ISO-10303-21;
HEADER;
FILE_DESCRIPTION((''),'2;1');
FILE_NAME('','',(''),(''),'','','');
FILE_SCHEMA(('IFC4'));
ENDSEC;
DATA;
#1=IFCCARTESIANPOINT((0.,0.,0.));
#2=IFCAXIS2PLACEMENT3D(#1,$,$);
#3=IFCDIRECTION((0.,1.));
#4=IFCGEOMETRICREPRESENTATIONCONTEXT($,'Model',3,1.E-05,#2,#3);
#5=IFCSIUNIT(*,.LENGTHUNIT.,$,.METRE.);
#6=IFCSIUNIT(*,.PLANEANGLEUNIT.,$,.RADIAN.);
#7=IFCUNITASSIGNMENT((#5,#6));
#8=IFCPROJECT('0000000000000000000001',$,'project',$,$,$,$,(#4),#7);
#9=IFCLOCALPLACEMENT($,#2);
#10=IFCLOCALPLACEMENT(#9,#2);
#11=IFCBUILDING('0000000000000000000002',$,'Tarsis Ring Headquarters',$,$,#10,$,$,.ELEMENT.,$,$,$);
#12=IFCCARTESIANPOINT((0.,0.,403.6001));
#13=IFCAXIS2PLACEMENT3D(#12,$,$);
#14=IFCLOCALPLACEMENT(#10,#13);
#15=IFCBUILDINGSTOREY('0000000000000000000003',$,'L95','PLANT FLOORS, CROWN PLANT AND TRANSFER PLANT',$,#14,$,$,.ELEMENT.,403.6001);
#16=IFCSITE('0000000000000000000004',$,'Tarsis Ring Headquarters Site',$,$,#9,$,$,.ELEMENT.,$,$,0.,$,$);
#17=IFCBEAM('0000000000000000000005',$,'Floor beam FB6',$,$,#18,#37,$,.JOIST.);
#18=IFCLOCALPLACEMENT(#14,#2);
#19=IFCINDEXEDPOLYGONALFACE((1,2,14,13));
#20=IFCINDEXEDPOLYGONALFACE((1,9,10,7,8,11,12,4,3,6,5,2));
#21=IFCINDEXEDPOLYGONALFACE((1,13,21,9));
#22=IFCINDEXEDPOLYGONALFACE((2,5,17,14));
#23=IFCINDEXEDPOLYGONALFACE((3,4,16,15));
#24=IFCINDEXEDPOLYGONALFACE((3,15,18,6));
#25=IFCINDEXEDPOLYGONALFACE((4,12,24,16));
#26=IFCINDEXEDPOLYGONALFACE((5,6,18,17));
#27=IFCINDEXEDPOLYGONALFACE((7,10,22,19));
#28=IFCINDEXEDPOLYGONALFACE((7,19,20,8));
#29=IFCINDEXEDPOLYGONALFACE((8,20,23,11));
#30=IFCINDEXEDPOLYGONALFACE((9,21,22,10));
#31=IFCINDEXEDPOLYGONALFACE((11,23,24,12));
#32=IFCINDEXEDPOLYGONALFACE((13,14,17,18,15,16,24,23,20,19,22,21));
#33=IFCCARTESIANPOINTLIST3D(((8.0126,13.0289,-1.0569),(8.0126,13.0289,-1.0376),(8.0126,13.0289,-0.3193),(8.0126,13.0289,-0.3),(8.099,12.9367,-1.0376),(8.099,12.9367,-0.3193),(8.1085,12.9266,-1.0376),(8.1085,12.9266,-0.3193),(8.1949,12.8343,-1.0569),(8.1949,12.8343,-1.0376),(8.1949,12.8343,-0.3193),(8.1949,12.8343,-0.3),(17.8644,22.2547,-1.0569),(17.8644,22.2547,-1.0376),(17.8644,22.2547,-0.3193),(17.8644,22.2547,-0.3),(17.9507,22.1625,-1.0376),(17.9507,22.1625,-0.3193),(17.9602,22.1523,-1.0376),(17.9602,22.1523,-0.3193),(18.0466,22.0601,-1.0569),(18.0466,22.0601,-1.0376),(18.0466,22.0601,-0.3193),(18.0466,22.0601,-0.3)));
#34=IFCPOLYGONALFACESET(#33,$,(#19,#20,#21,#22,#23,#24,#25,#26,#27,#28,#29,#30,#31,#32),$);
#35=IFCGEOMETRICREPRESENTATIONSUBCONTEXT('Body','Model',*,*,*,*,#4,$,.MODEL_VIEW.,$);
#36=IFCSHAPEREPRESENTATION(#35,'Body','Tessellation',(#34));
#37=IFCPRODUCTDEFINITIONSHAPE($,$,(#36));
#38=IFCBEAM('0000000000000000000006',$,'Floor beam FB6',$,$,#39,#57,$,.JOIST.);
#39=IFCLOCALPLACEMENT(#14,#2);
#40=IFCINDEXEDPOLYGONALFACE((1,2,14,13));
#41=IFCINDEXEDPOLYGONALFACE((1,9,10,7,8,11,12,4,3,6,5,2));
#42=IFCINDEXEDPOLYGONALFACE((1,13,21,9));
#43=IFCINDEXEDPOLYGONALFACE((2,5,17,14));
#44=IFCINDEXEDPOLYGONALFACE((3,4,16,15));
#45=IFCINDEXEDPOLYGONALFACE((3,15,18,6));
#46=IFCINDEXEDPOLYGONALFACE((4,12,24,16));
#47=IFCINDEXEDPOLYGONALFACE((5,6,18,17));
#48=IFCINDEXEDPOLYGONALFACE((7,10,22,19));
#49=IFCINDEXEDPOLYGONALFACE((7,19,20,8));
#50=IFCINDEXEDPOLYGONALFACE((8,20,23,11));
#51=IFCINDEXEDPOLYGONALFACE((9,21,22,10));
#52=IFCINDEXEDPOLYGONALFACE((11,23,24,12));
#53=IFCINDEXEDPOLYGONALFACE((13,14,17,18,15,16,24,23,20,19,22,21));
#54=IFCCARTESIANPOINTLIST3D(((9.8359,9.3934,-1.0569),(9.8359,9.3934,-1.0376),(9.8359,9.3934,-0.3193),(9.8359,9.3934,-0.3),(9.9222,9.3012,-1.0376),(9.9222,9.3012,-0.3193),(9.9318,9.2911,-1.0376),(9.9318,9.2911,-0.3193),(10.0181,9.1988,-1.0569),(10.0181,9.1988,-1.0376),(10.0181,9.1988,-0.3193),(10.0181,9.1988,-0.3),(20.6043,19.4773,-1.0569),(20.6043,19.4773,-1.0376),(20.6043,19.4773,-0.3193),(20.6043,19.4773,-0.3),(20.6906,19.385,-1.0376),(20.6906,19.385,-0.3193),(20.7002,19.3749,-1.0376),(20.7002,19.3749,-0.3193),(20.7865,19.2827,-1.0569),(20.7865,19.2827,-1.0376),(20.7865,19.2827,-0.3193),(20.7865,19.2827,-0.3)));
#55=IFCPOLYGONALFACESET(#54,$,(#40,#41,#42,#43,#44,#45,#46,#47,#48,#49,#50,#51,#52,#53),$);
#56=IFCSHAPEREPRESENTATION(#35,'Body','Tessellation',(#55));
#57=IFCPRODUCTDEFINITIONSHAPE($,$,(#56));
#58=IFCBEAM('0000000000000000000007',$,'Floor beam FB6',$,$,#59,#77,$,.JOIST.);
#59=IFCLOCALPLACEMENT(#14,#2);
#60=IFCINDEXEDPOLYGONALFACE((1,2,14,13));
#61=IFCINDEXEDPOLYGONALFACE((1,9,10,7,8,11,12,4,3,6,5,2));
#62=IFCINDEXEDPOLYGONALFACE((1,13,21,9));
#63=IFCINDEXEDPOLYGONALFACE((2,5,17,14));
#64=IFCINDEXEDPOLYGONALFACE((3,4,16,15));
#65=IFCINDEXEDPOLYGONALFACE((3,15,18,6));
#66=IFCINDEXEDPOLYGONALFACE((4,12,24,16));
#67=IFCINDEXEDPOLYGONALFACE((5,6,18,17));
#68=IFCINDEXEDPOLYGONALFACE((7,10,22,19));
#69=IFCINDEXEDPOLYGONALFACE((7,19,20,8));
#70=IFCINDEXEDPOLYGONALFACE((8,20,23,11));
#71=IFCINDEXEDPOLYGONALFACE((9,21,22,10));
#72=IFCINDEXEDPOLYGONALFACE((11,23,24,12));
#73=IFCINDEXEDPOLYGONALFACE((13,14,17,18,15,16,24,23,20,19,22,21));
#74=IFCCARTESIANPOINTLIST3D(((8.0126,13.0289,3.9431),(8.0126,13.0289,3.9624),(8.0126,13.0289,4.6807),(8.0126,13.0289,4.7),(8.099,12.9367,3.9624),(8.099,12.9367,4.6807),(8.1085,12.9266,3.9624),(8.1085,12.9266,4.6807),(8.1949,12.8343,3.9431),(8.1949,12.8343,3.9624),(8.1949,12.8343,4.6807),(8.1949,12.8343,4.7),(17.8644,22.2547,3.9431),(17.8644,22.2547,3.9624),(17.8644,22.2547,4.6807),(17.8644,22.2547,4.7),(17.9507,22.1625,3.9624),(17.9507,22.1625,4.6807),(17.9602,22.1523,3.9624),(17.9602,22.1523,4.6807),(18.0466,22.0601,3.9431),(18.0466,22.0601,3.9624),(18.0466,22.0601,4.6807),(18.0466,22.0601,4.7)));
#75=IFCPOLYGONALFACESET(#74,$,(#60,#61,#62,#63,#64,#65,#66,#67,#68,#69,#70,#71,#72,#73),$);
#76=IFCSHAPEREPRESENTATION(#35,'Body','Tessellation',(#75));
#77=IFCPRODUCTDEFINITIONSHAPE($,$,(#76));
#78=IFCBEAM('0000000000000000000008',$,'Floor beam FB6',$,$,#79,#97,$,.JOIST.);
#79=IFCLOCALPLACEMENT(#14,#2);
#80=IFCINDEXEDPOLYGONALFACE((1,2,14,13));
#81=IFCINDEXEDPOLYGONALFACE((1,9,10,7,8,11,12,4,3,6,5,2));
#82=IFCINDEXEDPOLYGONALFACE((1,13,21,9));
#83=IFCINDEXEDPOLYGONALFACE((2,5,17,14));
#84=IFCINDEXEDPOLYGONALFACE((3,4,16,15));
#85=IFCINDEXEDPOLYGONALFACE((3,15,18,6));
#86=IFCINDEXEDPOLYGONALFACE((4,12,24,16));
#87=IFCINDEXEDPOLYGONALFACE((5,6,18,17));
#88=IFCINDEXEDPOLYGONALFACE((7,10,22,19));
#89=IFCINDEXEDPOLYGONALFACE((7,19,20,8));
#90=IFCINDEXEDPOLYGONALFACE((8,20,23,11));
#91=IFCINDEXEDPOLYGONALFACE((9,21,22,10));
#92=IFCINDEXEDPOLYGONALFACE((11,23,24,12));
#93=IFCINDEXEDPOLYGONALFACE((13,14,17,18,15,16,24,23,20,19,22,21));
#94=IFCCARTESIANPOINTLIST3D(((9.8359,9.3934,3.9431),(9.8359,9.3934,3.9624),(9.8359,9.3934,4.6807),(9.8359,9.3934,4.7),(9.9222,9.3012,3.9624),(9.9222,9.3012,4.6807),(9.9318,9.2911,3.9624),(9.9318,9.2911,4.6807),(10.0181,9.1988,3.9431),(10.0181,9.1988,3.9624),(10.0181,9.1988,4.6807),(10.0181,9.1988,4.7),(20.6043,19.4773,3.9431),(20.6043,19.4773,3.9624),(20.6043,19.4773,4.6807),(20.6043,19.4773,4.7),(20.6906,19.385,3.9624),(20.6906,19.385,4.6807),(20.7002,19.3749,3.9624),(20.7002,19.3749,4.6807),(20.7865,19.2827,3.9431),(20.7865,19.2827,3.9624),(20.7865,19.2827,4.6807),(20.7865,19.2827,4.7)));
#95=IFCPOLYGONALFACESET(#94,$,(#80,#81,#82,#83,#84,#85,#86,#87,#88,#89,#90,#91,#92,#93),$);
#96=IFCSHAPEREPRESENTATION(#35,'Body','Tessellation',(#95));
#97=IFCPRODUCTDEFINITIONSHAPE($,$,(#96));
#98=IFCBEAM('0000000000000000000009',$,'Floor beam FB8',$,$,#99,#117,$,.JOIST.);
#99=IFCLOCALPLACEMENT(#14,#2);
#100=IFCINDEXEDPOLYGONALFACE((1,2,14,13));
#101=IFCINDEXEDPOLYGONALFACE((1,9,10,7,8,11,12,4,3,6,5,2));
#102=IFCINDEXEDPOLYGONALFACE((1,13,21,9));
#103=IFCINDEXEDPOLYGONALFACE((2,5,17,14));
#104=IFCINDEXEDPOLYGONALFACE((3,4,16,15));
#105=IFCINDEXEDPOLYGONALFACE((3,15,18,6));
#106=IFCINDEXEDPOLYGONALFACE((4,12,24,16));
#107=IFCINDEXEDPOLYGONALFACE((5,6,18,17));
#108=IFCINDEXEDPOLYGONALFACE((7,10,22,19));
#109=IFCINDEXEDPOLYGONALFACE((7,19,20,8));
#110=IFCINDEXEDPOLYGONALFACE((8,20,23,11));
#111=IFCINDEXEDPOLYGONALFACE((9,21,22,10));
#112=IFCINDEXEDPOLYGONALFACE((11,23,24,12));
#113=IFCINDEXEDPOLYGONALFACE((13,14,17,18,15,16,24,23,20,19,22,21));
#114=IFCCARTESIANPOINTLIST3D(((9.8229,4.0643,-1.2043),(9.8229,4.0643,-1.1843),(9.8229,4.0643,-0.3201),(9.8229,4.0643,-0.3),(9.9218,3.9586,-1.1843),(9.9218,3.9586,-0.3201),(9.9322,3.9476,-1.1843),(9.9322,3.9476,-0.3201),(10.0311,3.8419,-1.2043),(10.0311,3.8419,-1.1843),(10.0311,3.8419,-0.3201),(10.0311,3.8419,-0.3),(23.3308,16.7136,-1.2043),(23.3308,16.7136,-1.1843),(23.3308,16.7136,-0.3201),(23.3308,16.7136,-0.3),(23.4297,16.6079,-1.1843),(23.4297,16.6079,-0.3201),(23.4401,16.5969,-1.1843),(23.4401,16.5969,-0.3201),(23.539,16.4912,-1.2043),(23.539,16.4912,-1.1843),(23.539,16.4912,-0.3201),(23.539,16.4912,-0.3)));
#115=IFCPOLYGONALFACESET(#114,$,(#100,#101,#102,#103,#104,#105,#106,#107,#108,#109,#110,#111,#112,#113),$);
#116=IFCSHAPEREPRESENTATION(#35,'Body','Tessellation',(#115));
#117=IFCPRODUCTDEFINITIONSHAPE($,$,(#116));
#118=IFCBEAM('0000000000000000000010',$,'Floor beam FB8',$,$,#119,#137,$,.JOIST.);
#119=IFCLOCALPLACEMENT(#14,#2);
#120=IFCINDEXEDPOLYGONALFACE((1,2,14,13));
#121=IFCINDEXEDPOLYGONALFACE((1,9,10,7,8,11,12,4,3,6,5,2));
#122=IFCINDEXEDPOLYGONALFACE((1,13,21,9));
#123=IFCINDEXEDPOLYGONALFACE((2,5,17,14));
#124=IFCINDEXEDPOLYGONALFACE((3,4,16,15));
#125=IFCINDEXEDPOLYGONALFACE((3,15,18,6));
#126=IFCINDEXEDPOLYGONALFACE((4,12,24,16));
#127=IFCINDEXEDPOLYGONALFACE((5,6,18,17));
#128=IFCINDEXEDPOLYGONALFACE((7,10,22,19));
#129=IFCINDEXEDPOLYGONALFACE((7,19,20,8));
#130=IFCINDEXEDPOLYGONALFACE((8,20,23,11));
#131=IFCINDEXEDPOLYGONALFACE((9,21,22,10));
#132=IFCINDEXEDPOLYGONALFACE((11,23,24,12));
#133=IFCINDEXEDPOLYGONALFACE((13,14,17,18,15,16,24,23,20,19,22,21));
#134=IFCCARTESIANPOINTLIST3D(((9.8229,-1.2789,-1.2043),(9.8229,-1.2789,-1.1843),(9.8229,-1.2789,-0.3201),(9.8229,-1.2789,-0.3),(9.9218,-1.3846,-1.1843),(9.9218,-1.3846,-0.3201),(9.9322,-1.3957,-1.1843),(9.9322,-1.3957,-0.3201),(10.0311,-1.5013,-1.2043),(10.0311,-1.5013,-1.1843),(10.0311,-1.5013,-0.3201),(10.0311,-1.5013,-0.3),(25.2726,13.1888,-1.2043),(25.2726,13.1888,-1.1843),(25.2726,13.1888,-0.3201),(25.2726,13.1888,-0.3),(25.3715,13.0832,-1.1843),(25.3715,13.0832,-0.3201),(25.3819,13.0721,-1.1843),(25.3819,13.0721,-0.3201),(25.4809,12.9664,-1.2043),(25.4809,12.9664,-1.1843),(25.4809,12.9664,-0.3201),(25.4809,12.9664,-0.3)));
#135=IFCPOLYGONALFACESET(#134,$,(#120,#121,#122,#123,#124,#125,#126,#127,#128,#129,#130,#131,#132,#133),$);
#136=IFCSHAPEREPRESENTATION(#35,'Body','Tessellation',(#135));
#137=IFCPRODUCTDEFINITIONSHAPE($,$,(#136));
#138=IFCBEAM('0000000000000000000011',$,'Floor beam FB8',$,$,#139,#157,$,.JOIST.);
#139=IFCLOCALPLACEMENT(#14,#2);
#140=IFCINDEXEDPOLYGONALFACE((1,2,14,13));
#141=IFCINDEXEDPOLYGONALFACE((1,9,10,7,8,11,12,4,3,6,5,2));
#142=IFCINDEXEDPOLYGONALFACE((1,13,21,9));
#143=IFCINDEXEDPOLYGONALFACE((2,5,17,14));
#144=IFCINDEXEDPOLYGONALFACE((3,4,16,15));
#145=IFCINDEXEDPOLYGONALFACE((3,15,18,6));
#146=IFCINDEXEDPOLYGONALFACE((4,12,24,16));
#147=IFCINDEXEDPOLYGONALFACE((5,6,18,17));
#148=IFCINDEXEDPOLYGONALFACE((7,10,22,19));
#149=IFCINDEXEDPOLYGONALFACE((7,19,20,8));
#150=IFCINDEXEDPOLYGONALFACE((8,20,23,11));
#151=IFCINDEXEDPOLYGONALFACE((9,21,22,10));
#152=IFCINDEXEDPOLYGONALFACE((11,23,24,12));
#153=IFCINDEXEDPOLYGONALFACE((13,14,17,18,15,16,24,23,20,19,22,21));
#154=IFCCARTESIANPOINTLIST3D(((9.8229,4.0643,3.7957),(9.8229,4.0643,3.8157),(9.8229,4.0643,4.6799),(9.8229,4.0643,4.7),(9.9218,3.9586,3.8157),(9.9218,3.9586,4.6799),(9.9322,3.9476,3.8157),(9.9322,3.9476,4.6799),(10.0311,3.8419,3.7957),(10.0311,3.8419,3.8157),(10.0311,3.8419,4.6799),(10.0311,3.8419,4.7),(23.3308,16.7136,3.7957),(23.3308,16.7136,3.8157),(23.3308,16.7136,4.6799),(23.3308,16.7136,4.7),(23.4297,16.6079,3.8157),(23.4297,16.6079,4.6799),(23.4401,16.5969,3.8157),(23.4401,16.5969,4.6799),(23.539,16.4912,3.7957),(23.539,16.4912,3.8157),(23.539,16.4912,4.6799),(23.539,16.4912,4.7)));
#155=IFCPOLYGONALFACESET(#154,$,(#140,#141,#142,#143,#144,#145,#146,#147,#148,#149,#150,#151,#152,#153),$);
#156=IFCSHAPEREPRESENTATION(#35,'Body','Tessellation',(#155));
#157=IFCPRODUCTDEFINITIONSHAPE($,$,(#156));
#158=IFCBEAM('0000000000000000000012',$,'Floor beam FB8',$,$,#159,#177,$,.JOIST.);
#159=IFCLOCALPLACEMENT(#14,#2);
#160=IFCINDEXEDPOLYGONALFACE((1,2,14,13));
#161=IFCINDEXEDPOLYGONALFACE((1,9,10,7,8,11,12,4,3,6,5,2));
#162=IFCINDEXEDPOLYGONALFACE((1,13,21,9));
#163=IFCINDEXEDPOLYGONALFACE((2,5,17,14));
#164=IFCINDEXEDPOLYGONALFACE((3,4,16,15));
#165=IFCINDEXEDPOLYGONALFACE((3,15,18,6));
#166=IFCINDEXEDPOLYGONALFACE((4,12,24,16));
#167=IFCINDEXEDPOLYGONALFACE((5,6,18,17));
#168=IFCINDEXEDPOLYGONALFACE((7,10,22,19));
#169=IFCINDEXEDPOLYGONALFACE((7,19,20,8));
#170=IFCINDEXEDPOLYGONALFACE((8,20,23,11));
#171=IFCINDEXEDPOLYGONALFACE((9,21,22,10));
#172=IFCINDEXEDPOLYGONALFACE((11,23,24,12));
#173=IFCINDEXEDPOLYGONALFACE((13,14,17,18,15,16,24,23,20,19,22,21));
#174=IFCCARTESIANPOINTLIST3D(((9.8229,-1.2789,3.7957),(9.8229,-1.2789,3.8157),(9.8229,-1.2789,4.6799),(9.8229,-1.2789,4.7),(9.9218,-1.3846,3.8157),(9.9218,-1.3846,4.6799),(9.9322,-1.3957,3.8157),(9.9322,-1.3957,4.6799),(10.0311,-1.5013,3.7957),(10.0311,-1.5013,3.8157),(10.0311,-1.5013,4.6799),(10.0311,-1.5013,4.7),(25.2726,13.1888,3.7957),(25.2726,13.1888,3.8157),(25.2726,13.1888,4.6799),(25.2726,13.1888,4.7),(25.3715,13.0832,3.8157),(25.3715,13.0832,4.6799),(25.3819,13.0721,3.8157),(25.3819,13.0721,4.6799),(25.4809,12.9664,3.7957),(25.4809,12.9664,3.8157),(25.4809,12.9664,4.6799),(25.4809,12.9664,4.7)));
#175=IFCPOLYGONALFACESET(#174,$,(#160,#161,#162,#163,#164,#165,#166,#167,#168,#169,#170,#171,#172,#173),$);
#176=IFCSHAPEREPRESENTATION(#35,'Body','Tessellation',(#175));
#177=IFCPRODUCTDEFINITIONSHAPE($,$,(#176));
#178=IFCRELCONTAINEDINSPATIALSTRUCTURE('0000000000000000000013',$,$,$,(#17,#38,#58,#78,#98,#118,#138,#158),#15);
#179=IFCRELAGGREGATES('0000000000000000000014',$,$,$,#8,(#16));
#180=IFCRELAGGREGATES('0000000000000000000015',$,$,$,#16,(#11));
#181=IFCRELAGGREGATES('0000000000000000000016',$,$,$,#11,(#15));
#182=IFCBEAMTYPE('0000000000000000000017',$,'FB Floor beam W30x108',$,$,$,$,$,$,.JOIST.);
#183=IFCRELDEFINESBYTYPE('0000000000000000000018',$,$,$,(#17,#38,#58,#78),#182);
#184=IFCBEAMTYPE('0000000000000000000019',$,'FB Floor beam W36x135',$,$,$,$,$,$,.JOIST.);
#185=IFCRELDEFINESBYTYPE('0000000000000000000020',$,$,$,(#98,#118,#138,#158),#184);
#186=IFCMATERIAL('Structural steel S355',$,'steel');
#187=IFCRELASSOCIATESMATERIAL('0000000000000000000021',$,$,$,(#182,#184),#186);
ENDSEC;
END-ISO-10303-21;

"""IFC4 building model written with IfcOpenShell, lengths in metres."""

from ifc_helpers import new_model, si_unit, direction, frame, origin, origin_2d, place, context, subcontext, project, spatial, i_section, extrude, material, material_profile, profile_set, type_object, element, save


model = new_model("IFC4")

# Units and contexts
model_context = context("Model", 3, precision=1e-05, world=origin(), true_north=direction((0.0, 1.0)))
body_context = subcontext(model_context, "Body", "Model", "MODEL_VIEW")
ifc_project = project(units=[si_unit("LENGTHUNIT", "METRE"), si_unit("PLANEANGLEUNIT", "RADIAN")], contexts=[model_context])

# Site, building, storey
site_placement = place(None, origin())
site = spatial("IfcSite", under=ifc_project, at=site_placement, Name="Tarsis Ring Headquarters Site", CompositionType="ELEMENT", RefElevation=0.0)
building_placement = place(site_placement, origin())
building = spatial("IfcBuilding", under=site, at=building_placement, Name="Tarsis Ring Headquarters", CompositionType="ELEMENT")
storey_placement = place(building_placement, frame((0.0, 0.0, 403.6001)))
storey = spatial("IfcBuildingStorey", under=building, at=storey_placement, Name="L95", Description="PLANT FLOORS, CROWN PLANT AND TRANSFER PLANT", CompositionType="ELEMENT", Elevation=403.6001)

# Beams
ifc_material_1 = material(Name="Structural steel S355", Category="steel")
ifc_material_profile_1 = material_profile(ifc_material_1, i_section(OverallWidth=0.2666, OverallDepth=0.7568, WebThickness=0.0139, FlangeThickness=0.0193, at=origin_2d()), Name="W30x108")
ifc_profile_set_1 = profile_set([ifc_material_profile_1], Name="Structural steel S355")
beam_type_1 = type_object("IfcBeamType", Name="FB Floor beam W30x108", PredefinedType="JOIST", material=ifc_profile_set_1)
beam_1_placement = place(storey_placement, frame((8.1038, 12.9316, -0.6785), z_axis=(0.729916, 0.683537, 0.0), x_axis=(-0.683537, 0.729916, 0.0)))
element("IfcBeam", 1, at=beam_1_placement, inside=storey, type_object=beam_type_1, Name="Floor beam FB6", PredefinedType="JOIST", context=body_context, shape_type="SweptSolid", body=[
    extrude(i_section(OverallWidth=0.2666, OverallDepth=0.7568, WebThickness=0.0139, FlangeThickness=0.0193, at=origin_2d()), origin(), (0.0, 0.0, 1.0), 13.4971),
])
beam_2_placement = place(storey_placement, frame((9.927, 9.2961, -0.6785), z_axis=(0.729928, 0.683524, 0.0), x_axis=(-0.683524, 0.729928, 0.0)))
element("IfcBeam", 2, at=beam_2_placement, inside=storey, type_object=beam_type_1, Name="Floor beam FB6", PredefinedType="JOIST", context=body_context, shape_type="SweptSolid", body=[
    extrude(i_section(OverallWidth=0.2666, OverallDepth=0.7568, WebThickness=0.0139, FlangeThickness=0.0193, at=origin_2d()), origin(), (0.0, 0.0, 1.0), 14.7527),
])
beam_3_placement = place(storey_placement, frame((8.1038, 12.9316, 4.3215), z_axis=(0.729916, 0.683537, 0.0), x_axis=(-0.683537, 0.729916, 0.0)))
element("IfcBeam", 3, at=beam_3_placement, inside=storey, type_object=beam_type_1, Name="Floor beam FB6", PredefinedType="JOIST", context=body_context, shape_type="SweptSolid", body=[
    extrude(i_section(OverallWidth=0.2666, OverallDepth=0.7568, WebThickness=0.0139, FlangeThickness=0.0193, at=origin_2d()), origin(), (0.0, 0.0, 1.0), 13.4971),
])
beam_4_placement = place(storey_placement, frame((9.927, 9.2961, 4.3215), z_axis=(0.729928, 0.683524, 0.0), x_axis=(-0.683524, 0.729928, 0.0)))
element("IfcBeam", 4, at=beam_4_placement, inside=storey, type_object=beam_type_1, Name="Floor beam FB6", PredefinedType="JOIST", context=body_context, shape_type="SweptSolid", body=[
    extrude(i_section(OverallWidth=0.2666, OverallDepth=0.7568, WebThickness=0.0139, FlangeThickness=0.0193, at=origin_2d()), origin(), (0.0, 0.0, 1.0), 14.7527),
])
ifc_material_profile_2 = material_profile(ifc_material_1, i_section(OverallWidth=0.3047, OverallDepth=0.9043, WebThickness=0.0151, FlangeThickness=0.02, at=origin_2d()), Name="W36x135")
ifc_profile_set_2 = profile_set([ifc_material_profile_2], Name="Structural steel S355")
beam_type_2 = type_object("IfcBeamType", Name="FB Floor beam W36x135", PredefinedType="JOIST", material=ifc_profile_set_2)
beam_5_placement = place(storey_placement, frame((9.927, 3.9531, -0.7522), z_axis=(0.729925, 0.683527, 0.0), x_axis=(-0.683527, 0.729925, 0.0)))
element("IfcBeam", 5, at=beam_5_placement, inside=storey, type_object=beam_type_2, Name="Floor beam FB8", PredefinedType="JOIST", context=body_context, shape_type="SweptSolid", body=[
    extrude(i_section(OverallWidth=0.3047, OverallDepth=0.9043, WebThickness=0.0151, FlangeThickness=0.02, at=origin_2d()), origin(), (0.0, 0.0, 1.0), 18.5059),
])
beam_6_placement = place(storey_placement, frame((9.927, -1.3901, -0.7522), z_axis=(0.729922, 0.68353, 0.0), x_axis=(-0.68353, 0.729922, 0.0)))
element("IfcBeam", 6, at=beam_6_placement, inside=storey, type_object=beam_type_2, Name="Floor beam FB8", PredefinedType="JOIST", context=body_context, shape_type="SweptSolid", body=[
    extrude(i_section(OverallWidth=0.3047, OverallDepth=0.9043, WebThickness=0.0151, FlangeThickness=0.02, at=origin_2d()), origin(), (0.0, 0.0, 1.0), 21.1663),
])
beam_7_placement = place(storey_placement, frame((9.927, 3.9531, 4.2478), z_axis=(0.729925, 0.683527, 0.0), x_axis=(-0.683527, 0.729925, 0.0)))
element("IfcBeam", 7, at=beam_7_placement, inside=storey, type_object=beam_type_2, Name="Floor beam FB8", PredefinedType="JOIST", context=body_context, shape_type="SweptSolid", body=[
    extrude(i_section(OverallWidth=0.3047, OverallDepth=0.9043, WebThickness=0.0151, FlangeThickness=0.02, at=origin_2d()), origin(), (0.0, 0.0, 1.0), 18.5059),
])
beam_8_placement = place(storey_placement, frame((9.927, -1.3901, 4.2478), z_axis=(0.729922, 0.68353, 0.0), x_axis=(-0.68353, 0.729922, 0.0)))
element("IfcBeam", 8, at=beam_8_placement, inside=storey, type_object=beam_type_2, Name="Floor beam FB8", PredefinedType="JOIST", context=body_context, shape_type="SweptSolid", body=[
    extrude(i_section(OverallWidth=0.3047, OverallDepth=0.9043, WebThickness=0.0151, FlangeThickness=0.02, at=origin_2d()), origin(), (0.0, 0.0, 1.0), 21.1663),
])

save(model, "model.ifc")
